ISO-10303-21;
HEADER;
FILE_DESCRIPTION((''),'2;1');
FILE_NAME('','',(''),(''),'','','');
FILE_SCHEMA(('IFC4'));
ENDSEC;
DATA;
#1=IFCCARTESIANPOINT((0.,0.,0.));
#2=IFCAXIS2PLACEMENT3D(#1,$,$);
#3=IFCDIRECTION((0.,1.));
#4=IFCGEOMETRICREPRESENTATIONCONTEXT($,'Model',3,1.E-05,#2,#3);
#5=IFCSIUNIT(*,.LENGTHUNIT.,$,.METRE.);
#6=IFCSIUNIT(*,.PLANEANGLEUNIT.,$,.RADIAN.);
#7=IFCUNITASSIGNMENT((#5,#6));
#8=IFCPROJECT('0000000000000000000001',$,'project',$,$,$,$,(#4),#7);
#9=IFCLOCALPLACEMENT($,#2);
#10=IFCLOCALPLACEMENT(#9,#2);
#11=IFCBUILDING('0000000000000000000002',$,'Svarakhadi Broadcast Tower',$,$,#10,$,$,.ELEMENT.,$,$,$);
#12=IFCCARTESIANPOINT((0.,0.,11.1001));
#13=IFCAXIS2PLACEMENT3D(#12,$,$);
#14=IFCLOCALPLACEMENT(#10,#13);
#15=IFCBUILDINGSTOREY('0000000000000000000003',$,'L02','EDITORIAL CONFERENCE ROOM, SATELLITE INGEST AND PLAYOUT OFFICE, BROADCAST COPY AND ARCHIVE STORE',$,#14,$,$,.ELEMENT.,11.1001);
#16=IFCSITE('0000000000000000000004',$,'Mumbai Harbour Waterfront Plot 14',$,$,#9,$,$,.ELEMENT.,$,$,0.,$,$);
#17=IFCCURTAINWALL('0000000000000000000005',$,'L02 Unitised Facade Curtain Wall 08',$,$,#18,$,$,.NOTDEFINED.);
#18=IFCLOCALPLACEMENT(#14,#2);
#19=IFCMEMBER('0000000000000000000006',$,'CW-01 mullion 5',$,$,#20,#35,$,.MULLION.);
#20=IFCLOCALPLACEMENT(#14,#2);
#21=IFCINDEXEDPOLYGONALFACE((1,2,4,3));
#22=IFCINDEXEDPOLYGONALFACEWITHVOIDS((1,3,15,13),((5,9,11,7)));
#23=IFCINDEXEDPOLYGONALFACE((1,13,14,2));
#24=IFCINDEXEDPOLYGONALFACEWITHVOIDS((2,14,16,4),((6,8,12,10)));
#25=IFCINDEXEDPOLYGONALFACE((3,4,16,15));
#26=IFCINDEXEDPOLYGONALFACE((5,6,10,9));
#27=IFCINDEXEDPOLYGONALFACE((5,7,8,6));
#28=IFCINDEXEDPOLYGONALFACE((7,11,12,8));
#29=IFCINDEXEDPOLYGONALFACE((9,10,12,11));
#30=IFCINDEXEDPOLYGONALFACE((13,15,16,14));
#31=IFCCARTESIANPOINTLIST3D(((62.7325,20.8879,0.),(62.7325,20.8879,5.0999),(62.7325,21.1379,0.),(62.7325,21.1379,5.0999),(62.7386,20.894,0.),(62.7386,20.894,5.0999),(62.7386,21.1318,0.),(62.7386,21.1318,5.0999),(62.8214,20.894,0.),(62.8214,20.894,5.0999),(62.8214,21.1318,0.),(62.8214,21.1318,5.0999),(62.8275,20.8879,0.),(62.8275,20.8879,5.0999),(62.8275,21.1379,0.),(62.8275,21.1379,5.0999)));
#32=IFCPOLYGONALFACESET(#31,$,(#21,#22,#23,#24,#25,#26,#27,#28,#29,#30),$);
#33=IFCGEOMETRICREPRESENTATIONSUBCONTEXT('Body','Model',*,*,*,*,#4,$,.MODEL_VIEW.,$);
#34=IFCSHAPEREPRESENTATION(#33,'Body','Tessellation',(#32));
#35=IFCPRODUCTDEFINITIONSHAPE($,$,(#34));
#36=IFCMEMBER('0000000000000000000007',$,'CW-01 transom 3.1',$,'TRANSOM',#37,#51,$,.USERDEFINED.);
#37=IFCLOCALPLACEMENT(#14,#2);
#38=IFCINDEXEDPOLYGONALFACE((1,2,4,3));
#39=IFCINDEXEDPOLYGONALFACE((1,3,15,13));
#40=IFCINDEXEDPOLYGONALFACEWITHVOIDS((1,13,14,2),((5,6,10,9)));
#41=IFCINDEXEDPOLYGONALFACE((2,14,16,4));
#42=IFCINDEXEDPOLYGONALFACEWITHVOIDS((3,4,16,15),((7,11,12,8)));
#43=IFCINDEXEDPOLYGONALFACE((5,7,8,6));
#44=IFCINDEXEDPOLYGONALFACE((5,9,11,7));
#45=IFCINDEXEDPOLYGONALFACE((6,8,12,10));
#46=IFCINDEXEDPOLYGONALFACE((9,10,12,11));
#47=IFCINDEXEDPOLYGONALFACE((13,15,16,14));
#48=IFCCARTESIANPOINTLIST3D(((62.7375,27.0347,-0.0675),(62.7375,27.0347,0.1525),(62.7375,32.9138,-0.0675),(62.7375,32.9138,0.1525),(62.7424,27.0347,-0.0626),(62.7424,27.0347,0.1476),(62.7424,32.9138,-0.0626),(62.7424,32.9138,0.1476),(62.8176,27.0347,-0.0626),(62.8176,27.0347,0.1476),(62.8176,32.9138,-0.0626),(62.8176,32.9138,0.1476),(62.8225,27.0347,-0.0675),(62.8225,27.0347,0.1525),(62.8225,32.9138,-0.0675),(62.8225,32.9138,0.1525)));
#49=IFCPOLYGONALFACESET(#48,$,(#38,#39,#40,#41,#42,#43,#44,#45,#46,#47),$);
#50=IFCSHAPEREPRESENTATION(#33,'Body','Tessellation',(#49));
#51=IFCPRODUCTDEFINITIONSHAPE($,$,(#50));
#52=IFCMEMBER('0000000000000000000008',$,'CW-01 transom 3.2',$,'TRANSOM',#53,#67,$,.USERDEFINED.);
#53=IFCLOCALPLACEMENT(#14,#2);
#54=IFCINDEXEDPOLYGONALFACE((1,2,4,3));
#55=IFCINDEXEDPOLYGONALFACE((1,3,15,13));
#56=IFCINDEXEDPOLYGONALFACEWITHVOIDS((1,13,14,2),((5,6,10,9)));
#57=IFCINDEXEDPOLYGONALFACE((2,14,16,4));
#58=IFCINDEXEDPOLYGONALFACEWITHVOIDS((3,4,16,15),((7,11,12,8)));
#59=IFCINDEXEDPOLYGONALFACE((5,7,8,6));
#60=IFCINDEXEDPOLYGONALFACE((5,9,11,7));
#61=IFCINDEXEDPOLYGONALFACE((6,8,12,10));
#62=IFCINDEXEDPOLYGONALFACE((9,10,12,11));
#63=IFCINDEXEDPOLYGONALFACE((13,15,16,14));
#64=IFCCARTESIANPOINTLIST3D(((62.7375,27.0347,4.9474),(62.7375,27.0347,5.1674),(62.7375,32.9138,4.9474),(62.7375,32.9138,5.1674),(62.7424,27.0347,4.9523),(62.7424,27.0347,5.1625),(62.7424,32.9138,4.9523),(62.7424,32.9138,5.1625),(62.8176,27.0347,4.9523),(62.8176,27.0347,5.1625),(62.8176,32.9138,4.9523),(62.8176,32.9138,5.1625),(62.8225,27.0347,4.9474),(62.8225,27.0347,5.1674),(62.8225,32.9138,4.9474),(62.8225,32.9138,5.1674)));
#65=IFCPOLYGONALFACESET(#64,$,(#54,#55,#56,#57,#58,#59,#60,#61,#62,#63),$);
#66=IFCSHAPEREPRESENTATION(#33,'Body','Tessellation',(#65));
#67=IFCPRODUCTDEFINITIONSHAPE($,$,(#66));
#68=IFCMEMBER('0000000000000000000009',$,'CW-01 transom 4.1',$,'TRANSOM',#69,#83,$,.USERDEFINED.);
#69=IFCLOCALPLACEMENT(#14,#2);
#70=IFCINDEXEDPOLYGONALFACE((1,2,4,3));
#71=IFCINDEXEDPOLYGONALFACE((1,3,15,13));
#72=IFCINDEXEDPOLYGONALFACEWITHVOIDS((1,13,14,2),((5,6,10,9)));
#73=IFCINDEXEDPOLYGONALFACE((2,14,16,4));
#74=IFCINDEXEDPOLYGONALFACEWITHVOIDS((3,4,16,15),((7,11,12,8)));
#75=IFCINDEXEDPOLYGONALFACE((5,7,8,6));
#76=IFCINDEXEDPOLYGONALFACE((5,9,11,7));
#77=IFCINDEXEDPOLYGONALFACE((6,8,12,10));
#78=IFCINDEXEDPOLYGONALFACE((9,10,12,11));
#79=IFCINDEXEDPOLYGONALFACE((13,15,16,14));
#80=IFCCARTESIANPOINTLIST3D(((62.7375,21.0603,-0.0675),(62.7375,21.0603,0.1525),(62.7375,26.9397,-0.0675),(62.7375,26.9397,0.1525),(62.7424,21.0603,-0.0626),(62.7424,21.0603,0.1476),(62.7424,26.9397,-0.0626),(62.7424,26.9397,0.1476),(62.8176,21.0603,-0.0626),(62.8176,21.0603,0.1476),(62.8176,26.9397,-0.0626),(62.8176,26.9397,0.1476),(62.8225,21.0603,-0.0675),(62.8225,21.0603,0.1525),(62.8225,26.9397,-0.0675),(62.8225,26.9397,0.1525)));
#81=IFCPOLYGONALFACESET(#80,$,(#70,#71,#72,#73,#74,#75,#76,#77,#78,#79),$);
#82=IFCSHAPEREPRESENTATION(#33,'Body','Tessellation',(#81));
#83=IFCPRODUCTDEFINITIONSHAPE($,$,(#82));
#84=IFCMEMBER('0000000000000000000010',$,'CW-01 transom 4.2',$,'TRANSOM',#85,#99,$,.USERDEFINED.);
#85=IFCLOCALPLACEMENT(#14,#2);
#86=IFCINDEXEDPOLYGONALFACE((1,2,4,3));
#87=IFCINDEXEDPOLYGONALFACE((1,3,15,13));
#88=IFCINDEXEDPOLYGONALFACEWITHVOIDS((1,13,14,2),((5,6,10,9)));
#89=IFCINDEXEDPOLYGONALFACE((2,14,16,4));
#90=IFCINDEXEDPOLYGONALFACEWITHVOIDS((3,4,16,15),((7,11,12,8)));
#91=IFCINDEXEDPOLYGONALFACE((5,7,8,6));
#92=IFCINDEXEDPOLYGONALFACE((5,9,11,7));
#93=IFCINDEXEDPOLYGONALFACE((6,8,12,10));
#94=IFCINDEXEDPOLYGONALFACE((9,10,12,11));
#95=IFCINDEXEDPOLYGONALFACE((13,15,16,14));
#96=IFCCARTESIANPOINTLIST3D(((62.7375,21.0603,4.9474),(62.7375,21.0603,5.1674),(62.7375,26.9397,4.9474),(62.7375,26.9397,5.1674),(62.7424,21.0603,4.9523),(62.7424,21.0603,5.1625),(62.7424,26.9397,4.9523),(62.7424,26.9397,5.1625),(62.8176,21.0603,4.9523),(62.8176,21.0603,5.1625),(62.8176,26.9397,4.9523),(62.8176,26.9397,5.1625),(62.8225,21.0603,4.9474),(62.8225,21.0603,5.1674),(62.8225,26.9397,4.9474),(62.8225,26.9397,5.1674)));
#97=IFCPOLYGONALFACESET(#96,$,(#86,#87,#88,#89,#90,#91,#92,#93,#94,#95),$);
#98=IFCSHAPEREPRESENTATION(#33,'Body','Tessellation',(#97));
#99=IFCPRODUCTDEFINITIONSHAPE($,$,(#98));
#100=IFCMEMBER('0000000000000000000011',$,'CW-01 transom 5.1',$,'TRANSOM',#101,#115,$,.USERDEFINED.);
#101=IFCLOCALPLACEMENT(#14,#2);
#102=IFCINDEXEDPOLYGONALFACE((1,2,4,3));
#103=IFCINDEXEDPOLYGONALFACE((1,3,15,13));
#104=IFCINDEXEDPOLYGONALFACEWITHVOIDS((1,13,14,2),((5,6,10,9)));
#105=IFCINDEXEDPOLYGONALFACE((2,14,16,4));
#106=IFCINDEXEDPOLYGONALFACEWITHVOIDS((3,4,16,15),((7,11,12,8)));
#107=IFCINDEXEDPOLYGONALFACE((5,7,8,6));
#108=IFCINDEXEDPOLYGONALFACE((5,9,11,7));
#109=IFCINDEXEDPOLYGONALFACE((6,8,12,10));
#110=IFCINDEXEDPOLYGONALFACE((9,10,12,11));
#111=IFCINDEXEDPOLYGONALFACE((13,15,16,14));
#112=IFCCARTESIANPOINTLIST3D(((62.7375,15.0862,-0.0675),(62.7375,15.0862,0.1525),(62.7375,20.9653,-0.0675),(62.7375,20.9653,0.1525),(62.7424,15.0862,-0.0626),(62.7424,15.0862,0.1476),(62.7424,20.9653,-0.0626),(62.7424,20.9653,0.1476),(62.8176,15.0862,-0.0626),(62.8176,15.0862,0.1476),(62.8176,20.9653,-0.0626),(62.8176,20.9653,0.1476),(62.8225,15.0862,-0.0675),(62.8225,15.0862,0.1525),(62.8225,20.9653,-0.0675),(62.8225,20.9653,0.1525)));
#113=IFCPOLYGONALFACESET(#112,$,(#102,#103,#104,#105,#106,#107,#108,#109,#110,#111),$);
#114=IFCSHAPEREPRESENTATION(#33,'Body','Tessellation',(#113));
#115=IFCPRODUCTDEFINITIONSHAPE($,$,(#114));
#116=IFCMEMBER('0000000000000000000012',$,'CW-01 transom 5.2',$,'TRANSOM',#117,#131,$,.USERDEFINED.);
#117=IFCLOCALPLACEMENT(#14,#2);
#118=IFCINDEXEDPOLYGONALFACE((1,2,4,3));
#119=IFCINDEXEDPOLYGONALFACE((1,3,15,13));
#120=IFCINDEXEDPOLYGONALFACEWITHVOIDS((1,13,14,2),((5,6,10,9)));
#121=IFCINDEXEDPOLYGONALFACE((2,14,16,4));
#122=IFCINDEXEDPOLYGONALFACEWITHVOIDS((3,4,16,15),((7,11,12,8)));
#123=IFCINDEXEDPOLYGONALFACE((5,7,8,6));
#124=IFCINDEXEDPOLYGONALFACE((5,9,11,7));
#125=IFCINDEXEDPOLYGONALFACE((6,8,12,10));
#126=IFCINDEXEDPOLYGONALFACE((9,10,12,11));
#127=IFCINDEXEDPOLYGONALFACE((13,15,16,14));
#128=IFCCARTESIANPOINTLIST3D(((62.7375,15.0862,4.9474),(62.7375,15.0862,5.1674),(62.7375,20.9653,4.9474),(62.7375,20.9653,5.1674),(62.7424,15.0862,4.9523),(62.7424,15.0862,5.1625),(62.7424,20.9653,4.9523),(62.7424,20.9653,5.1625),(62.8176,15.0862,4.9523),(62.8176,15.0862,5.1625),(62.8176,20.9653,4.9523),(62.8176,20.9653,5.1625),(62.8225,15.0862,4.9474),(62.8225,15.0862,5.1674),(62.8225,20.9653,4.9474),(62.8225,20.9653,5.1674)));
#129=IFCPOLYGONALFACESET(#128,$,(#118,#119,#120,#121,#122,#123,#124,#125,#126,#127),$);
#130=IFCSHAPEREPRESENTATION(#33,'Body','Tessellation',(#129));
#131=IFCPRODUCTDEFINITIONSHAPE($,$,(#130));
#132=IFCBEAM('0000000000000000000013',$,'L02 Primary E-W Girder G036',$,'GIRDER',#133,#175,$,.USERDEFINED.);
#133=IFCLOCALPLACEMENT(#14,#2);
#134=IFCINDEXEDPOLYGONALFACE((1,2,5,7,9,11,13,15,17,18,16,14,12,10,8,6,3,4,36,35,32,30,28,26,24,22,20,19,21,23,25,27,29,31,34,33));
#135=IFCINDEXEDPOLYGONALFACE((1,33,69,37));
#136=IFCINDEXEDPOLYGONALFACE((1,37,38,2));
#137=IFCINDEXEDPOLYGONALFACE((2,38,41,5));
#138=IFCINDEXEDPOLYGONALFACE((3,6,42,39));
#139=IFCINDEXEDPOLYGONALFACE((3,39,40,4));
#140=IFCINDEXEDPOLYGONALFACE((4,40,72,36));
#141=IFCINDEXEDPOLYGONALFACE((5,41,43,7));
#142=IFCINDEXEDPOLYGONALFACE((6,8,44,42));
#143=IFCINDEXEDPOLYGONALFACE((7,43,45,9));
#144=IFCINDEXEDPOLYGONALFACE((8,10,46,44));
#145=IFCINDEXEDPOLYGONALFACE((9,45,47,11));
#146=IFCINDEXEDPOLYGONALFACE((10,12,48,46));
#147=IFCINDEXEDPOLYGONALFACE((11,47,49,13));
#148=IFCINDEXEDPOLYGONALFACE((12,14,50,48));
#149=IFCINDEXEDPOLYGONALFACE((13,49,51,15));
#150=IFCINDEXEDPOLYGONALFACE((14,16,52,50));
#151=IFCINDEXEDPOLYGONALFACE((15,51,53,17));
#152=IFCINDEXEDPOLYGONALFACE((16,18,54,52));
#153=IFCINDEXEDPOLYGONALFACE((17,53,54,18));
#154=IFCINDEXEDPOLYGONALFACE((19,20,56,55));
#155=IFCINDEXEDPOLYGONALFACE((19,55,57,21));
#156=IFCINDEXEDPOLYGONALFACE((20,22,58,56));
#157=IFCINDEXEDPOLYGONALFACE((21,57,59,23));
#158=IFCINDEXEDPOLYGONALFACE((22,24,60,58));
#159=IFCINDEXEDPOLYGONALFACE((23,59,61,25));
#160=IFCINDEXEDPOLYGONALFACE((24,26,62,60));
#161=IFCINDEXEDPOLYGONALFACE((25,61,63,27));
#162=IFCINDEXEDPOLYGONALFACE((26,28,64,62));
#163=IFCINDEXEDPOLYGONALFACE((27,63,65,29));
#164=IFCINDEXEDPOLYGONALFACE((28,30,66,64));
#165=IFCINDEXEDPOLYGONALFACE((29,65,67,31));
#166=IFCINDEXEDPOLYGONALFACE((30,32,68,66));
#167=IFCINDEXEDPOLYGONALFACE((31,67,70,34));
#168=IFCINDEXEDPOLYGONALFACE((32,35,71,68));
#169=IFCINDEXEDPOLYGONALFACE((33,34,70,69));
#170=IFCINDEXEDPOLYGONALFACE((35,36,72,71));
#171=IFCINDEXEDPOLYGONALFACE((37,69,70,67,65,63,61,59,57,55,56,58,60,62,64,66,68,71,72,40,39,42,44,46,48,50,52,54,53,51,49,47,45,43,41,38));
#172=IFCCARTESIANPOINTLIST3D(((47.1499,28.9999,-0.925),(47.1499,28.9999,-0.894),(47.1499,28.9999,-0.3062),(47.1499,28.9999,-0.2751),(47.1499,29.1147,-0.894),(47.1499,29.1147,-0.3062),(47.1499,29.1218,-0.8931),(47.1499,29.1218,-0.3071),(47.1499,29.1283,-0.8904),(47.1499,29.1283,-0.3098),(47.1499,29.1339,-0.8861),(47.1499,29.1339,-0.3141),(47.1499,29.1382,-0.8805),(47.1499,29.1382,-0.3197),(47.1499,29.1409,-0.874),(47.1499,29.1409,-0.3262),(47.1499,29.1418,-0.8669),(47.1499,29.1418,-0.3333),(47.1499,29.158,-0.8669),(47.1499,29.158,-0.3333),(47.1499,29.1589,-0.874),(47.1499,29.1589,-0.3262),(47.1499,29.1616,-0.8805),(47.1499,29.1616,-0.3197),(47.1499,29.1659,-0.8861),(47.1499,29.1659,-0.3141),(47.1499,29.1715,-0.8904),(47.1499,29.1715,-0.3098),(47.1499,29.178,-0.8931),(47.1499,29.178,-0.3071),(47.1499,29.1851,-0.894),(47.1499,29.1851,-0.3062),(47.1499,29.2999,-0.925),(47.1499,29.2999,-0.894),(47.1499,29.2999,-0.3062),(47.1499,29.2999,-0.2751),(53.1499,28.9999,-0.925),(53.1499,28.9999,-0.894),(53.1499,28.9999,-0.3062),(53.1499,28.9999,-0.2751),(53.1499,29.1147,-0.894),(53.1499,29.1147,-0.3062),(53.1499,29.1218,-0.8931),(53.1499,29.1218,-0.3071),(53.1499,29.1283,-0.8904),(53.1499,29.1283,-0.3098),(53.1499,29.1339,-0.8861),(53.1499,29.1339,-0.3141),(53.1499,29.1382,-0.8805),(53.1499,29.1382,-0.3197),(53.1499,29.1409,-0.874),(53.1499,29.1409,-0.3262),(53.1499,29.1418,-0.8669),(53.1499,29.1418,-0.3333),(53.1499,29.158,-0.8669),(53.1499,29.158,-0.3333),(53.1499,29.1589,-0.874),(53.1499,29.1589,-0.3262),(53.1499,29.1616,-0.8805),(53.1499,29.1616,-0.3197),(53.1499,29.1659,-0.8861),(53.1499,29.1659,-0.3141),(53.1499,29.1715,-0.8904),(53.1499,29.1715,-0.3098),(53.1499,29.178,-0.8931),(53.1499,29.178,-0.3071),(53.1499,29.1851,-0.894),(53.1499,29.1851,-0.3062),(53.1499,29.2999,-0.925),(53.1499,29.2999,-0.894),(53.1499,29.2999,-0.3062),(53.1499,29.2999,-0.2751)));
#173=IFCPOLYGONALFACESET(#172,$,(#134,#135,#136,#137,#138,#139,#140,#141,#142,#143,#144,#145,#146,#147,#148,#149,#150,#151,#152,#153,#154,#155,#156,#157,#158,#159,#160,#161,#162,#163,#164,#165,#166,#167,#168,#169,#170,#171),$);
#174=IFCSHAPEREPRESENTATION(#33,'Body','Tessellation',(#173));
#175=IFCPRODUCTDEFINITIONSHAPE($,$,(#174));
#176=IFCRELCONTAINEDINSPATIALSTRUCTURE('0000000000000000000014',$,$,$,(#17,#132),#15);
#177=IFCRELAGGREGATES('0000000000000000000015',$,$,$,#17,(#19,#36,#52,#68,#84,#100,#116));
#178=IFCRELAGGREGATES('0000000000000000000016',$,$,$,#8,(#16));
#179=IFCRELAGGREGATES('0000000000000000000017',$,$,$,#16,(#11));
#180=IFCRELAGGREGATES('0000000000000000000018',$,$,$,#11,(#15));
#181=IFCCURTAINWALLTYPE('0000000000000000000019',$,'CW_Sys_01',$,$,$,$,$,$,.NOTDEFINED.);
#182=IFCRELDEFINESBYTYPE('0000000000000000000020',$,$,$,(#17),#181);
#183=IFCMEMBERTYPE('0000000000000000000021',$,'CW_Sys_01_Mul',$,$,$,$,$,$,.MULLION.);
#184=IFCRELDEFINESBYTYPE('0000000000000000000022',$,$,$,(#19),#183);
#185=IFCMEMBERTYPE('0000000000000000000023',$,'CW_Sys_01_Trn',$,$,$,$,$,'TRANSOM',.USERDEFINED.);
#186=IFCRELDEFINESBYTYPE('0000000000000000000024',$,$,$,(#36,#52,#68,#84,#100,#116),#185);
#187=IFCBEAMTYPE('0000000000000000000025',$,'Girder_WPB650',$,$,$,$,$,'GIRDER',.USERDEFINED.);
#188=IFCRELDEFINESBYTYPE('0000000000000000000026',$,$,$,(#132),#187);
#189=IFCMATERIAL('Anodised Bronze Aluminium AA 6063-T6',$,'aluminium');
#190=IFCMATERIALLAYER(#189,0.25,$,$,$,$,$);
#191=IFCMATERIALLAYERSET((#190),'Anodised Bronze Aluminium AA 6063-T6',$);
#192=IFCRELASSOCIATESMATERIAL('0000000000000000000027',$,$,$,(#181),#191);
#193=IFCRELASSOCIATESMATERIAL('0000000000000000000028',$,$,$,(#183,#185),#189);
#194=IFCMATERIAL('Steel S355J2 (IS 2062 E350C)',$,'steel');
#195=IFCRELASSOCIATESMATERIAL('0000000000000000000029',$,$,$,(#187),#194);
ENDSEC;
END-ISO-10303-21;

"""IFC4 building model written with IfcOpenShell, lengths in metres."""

from ifc_helpers import new_model, si_unit, direction, frame, origin, origin_2d, place, context, subcontext, project, spatial, hollow_rectangle, i_section, extrude, material, layer, layer_set, material_profile, profile_set, type_object, element, aggregate, save


model = new_model("IFC4")

# Units and contexts
model_context = context("Model", 3, precision=1e-05, world=origin(), true_north=direction((0.0, 1.0)))
body_context = subcontext(model_context, "Body", "Model", "MODEL_VIEW")
ifc_project = project(units=[si_unit("LENGTHUNIT", "METRE"), si_unit("PLANEANGLEUNIT", "RADIAN")], contexts=[model_context])

# Site, building, storey
site_placement = place(None, origin())
site = spatial("IfcSite", under=ifc_project, at=site_placement, Name="Mumbai Harbour Waterfront Plot 14", CompositionType="ELEMENT", RefElevation=0.0)
building_placement = place(site_placement, origin())
building = spatial("IfcBuilding", under=site, at=building_placement, Name="Svarakhadi Broadcast Tower", CompositionType="ELEMENT")
storey_placement = place(building_placement, frame((0.0, 0.0, 11.1001)))
storey = spatial("IfcBuildingStorey", under=building, at=storey_placement, Name="L02", Description="EDITORIAL CONFERENCE ROOM, SATELLITE INGEST AND PLAYOUT OFFICE, BROADCAST COPY AND ARCHIVE STORE", CompositionType="ELEMENT", Elevation=11.1001)

# Shared definitions
ifc_material_1 = material(Name="Steel S355J2 (IS 2062 E350C)", Category="steel")

# Curtain wall, members
ifc_material_2 = material(Name="Anodised Bronze Aluminium AA 6063-T6", Category="aluminium")
ifc_layer_1 = layer(ifc_material_2, 0.25)
ifc_layer_set_1 = layer_set([ifc_layer_1], Name="Anodised Bronze Aluminium AA 6063-T6")
curtain_wall_type = type_object("IfcCurtainWallType", Name="CW_Sys_01", PredefinedType="NOTDEFINED", material=ifc_layer_set_1)
curtain_wall_placement = place(storey_placement, origin())
curtain_wall = element("IfcCurtainWall", 1, at=curtain_wall_placement, inside=storey, type_object=curtain_wall_type, Name="L02 Unitised Facade Curtain Wall 08", PredefinedType="NOTDEFINED")
ifc_material_profile_1 = material_profile(ifc_material_2, hollow_rectangle(XDim=0.095, YDim=0.25, WallThickness=0.0061, at=origin_2d()), Name="ALU MULLION 250x95x6")
ifc_profile_set_1 = profile_set([ifc_material_profile_1], Name="Anodised Bronze Aluminium AA 6063-T6")
member_type_1 = type_object("IfcMemberType", Name="CW_Sys_01_Mul", PredefinedType="MULLION", material=ifc_profile_set_1)
member_1_placement = place(storey_placement, frame((62.78, 21.0129, 0.0), z_axis=(0.0, 0.0, 1.0), x_axis=(1.0, 0.0, 0.0)))
member_1 = element("IfcMember", 2, at=member_1_placement, type_object=member_type_1, Name="CW-01 mullion 5", PredefinedType="MULLION", context=body_context, shape_type="SweptSolid", body=[
    extrude(hollow_rectangle(XDim=0.095, YDim=0.25, WallThickness=0.0061, at=origin_2d()), origin(), (0.0, 0.0, 1.0), 5.0999),
])
ifc_material_profile_2 = material_profile(ifc_material_2, hollow_rectangle(XDim=0.085, YDim=0.22, WallThickness=0.0049, at=origin_2d()), Name="ALU TRANSOM 220x85x5")
ifc_profile_set_2 = profile_set([ifc_material_profile_2], Name="Anodised Bronze Aluminium AA 6063-T6")
member_type_2 = type_object("IfcMemberType", Name="CW_Sys_01_Trn", ElementType="TRANSOM", PredefinedType="USERDEFINED", material=ifc_profile_set_2)
member_2_placement = place(storey_placement, frame((62.78, 32.9138, 0.0425), z_axis=(0.0, -1.0, 0.0), x_axis=(1.0, 0.0, 0.0)))
member_2 = element("IfcMember", 3, at=member_2_placement, type_object=member_type_2, Name="CW-01 transom 3.1", ObjectType="TRANSOM", PredefinedType="USERDEFINED", context=body_context, shape_type="SweptSolid", body=[
    extrude(hollow_rectangle(XDim=0.085, YDim=0.22, WallThickness=0.0049, at=origin_2d()), origin(), (0.0, 0.0, 1.0), 5.8792),
])
member_3_placement = place(storey_placement, frame((62.78, 32.9138, 5.0574), z_axis=(0.0, -1.0, 0.0), x_axis=(1.0, 0.0, 0.0)))
member_3 = element("IfcMember", 4, at=member_3_placement, type_object=member_type_2, Name="CW-01 transom 3.2", ObjectType="TRANSOM", PredefinedType="USERDEFINED", context=body_context, shape_type="SweptSolid", body=[
    extrude(hollow_rectangle(XDim=0.085, YDim=0.22, WallThickness=0.0049, at=origin_2d()), origin(), (0.0, 0.0, 1.0), 5.8792),
])
member_4_placement = place(storey_placement, frame((62.78, 26.9397, 0.0425), z_axis=(0.0, -1.0, 0.0), x_axis=(1.0, 0.0, 0.0)))
member_4 = element("IfcMember", 5, at=member_4_placement, type_object=member_type_2, Name="CW-01 transom 4.1", ObjectType="TRANSOM", PredefinedType="USERDEFINED", context=body_context, shape_type="SweptSolid", body=[
    extrude(hollow_rectangle(XDim=0.085, YDim=0.22, WallThickness=0.0049, at=origin_2d()), origin(), (0.0, 0.0, 1.0), 5.8794),
])
member_5_placement = place(storey_placement, frame((62.78, 26.9397, 5.0574), z_axis=(0.0, -1.0, 0.0), x_axis=(1.0, 0.0, 0.0)))
member_5 = element("IfcMember", 6, at=member_5_placement, type_object=member_type_2, Name="CW-01 transom 4.2", ObjectType="TRANSOM", PredefinedType="USERDEFINED", context=body_context, shape_type="SweptSolid", body=[
    extrude(hollow_rectangle(XDim=0.085, YDim=0.22, WallThickness=0.0049, at=origin_2d()), origin(), (0.0, 0.0, 1.0), 5.8794),
])
member_6_placement = place(storey_placement, frame((62.78, 20.9653, 0.0425), z_axis=(0.0, -1.0, 0.0), x_axis=(1.0, 0.0, 0.0)))
member_6 = element("IfcMember", 7, at=member_6_placement, type_object=member_type_2, Name="CW-01 transom 5.1", ObjectType="TRANSOM", PredefinedType="USERDEFINED", context=body_context, shape_type="SweptSolid", body=[
    extrude(hollow_rectangle(XDim=0.085, YDim=0.22, WallThickness=0.0049, at=origin_2d()), origin(), (0.0, 0.0, 1.0), 5.8792),
])
member_7_placement = place(storey_placement, frame((62.78, 20.9653, 5.0574), z_axis=(0.0, -1.0, 0.0), x_axis=(1.0, 0.0, 0.0)))
member_7 = element("IfcMember", 8, at=member_7_placement, type_object=member_type_2, Name="CW-01 transom 5.2", ObjectType="TRANSOM", PredefinedType="USERDEFINED", context=body_context, shape_type="SweptSolid", body=[
    extrude(hollow_rectangle(XDim=0.085, YDim=0.22, WallThickness=0.0049, at=origin_2d()), origin(), (0.0, 0.0, 1.0), 5.8792),
])

# Beam
ifc_material_profile_3 = material_profile(ifc_material_1, i_section(OverallWidth=0.3, OverallDepth=0.6499, WebThickness=0.0161, FlangeThickness=0.031, FilletRadius=0.0271, at=origin_2d()), Name="WPB 650x300x225")
ifc_profile_set_3 = profile_set([ifc_material_profile_3], Name="Steel S355J2 (IS 2062 E350C)")
beam_type_1 = type_object("IfcBeamType", Name="Girder_WPB650", ElementType="GIRDER", PredefinedType="USERDEFINED", material=ifc_profile_set_3)
for number, where, z_axis, x_axis, name in (
    (9, (47.1499, 29.1499, -0.6001), (1.0, 0.0, 0.0), (0.0, 1.0, 0.0), "L02 Primary E-W Girder G036"),
):
    element("IfcBeam", number, at=place(storey_placement, frame(where, z_axis=z_axis, x_axis=x_axis)), inside=storey, type_object=beam_type_1, Name=name, ObjectType="GIRDER", PredefinedType="USERDEFINED", context=body_context, shape_type="SweptSolid", body=[
        extrude(i_section(OverallWidth=0.3, OverallDepth=0.6499, WebThickness=0.0161, FlangeThickness=0.031, FilletRadius=0.0271, at=origin_2d()), origin(), (0.0, 0.0, 1.0), 6.0),
    ])

aggregate(curtain_wall, [member_1, member_2, member_3, member_4, member_5, member_6, member_7])

save(model, "model.ifc")
